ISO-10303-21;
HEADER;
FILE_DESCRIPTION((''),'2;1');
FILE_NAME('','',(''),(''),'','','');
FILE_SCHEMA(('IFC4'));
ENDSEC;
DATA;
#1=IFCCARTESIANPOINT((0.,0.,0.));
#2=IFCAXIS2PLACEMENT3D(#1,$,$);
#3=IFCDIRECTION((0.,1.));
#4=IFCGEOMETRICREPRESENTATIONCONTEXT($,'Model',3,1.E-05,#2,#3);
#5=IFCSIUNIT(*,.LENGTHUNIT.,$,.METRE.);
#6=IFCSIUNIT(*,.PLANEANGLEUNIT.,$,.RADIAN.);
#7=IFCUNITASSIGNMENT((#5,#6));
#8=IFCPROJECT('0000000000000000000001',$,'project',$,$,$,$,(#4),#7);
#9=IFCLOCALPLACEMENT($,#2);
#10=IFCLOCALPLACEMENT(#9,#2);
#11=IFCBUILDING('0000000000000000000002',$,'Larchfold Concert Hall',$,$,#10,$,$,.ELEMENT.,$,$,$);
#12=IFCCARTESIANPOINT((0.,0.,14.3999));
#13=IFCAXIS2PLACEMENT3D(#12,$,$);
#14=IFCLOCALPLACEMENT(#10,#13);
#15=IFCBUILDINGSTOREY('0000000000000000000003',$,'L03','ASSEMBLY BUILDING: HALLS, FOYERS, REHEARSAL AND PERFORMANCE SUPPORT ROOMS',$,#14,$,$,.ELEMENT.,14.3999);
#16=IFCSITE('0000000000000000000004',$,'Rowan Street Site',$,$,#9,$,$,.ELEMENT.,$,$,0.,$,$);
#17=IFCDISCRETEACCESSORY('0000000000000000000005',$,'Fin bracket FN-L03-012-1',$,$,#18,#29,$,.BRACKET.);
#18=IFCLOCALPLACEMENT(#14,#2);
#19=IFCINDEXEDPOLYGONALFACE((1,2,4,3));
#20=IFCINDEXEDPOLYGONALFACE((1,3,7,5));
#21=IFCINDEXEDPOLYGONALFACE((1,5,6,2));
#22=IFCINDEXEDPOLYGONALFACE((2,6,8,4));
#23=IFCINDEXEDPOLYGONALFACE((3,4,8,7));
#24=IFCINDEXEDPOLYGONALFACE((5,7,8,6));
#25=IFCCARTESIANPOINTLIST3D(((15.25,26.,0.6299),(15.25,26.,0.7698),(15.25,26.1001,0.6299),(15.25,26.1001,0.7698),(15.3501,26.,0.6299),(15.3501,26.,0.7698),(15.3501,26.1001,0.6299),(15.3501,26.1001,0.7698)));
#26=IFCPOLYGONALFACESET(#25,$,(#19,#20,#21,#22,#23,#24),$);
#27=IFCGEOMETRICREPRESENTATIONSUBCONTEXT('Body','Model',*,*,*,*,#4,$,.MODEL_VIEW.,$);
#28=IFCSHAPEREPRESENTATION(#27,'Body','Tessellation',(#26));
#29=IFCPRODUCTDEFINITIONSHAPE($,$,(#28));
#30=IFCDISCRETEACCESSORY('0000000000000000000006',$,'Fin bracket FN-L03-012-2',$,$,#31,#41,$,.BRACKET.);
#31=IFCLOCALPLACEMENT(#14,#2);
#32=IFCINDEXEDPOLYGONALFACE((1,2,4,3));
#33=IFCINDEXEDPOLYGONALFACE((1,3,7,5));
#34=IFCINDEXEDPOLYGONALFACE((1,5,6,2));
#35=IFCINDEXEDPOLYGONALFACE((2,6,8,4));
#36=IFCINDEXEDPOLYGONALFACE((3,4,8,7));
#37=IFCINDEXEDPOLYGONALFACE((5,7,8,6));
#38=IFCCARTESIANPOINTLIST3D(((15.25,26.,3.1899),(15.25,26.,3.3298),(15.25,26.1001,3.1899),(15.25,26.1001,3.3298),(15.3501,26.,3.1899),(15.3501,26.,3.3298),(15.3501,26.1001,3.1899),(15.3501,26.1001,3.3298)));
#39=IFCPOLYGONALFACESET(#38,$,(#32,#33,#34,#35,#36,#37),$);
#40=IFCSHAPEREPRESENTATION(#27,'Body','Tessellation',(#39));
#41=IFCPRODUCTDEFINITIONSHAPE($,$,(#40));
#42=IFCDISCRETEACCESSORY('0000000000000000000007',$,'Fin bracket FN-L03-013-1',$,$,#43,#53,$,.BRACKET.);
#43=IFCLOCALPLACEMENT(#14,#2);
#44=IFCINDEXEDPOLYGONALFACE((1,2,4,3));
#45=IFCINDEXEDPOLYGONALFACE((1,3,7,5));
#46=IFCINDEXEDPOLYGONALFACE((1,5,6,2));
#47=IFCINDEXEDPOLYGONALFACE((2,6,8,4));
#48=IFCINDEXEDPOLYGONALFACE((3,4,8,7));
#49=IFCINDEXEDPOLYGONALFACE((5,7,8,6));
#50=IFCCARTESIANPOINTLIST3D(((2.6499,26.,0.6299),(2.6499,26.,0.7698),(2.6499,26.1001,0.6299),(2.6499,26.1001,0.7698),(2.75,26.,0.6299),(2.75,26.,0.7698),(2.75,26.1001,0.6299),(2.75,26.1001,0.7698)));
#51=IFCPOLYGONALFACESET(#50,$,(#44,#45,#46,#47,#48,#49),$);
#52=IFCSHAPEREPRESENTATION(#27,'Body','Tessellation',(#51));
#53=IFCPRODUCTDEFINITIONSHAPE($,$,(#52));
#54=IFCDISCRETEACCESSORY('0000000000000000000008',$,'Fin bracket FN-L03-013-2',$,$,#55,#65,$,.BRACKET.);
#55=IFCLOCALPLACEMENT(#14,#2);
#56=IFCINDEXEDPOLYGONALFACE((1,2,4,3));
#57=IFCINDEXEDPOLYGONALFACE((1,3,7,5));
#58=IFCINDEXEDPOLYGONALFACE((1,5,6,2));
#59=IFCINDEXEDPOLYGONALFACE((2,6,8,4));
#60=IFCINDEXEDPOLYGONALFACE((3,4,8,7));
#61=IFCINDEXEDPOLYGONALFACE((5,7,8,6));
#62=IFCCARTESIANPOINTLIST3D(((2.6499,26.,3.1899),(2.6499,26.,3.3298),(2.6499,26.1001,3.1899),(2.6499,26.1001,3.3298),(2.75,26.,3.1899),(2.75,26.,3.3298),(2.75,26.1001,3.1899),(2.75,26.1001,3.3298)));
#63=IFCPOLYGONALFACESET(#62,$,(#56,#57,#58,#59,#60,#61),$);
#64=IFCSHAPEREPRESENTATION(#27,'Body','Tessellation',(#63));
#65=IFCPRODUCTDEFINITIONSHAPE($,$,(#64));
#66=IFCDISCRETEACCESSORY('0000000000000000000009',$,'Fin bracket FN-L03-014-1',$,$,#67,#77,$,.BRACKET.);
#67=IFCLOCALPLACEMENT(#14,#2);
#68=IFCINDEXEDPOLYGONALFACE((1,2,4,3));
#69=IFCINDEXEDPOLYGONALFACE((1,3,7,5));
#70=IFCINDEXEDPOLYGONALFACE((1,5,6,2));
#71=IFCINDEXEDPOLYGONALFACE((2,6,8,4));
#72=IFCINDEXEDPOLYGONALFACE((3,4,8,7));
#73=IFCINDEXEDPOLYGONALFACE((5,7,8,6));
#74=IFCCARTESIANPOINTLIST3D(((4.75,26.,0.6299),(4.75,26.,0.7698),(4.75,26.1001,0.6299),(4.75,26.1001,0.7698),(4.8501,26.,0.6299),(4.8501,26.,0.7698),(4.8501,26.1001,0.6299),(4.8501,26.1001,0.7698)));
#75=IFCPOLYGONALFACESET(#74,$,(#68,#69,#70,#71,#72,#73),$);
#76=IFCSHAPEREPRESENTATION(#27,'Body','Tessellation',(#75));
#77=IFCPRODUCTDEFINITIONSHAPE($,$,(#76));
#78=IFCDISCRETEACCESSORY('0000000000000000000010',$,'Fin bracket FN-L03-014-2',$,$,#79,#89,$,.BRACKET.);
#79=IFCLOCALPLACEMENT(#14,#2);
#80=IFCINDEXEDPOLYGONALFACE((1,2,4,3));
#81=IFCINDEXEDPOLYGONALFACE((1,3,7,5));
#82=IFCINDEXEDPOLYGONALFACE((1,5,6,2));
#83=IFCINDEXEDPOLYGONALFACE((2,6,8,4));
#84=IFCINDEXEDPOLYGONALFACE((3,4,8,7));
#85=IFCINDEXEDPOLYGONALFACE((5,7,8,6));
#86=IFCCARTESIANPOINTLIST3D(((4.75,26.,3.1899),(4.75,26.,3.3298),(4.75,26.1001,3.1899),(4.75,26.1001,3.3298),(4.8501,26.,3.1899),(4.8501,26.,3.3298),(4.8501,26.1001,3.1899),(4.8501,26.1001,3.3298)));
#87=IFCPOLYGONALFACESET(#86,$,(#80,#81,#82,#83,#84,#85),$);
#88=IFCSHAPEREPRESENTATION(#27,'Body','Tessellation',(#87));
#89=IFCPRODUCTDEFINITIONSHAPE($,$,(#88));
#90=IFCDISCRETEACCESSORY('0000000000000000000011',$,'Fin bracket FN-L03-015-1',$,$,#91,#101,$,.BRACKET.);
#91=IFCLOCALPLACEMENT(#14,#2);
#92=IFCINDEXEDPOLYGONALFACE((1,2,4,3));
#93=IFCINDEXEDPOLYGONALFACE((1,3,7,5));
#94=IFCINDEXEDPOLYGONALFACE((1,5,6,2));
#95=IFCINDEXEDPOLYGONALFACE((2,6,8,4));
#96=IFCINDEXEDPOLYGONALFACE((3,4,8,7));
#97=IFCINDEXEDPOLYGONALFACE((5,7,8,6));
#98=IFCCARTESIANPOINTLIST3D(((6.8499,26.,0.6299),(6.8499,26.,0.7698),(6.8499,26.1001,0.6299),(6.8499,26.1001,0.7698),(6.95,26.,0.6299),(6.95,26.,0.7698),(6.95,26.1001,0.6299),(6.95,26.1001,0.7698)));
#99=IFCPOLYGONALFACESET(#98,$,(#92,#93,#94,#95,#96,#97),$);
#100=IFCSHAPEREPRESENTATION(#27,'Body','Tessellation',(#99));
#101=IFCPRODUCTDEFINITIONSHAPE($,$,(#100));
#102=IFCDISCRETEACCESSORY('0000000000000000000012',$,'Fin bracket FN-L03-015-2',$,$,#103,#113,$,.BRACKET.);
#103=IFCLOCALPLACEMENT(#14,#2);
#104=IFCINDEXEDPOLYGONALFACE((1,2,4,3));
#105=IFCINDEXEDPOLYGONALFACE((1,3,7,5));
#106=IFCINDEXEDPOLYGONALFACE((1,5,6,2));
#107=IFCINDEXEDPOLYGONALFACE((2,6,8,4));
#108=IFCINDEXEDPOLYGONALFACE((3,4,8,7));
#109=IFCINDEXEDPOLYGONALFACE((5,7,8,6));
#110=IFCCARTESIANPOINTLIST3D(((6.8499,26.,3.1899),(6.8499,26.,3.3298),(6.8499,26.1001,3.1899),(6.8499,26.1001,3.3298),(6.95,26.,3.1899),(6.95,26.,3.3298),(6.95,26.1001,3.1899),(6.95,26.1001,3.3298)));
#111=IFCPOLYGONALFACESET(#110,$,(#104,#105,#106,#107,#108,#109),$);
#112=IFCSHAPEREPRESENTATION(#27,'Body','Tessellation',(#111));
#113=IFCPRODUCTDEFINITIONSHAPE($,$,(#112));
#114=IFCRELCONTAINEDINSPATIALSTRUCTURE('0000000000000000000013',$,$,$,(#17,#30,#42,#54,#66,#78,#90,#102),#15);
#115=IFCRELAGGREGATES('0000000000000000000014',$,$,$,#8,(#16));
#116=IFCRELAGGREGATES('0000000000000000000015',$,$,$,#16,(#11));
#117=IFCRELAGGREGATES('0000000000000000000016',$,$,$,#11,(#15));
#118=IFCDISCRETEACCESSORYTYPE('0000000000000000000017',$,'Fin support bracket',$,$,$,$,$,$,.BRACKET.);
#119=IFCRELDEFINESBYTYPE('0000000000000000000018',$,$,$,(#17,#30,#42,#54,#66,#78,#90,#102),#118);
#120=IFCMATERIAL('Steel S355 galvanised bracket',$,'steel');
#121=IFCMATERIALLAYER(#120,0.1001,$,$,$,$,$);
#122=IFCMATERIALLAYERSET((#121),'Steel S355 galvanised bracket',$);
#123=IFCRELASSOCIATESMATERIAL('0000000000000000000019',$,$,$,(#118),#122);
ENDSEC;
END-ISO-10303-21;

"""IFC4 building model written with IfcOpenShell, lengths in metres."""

from ifc_helpers import new_model, si_unit, direction, frame, origin, origin_2d, place, context, subcontext, project, spatial, rectangle, extrude, material, layer, layer_set, type_object, element, save


model = new_model("IFC4")

# Units and contexts
model_context = context("Model", 3, precision=1e-05, world=origin(), true_north=direction((0.0, 1.0)))
body_context = subcontext(model_context, "Body", "Model", "MODEL_VIEW")
ifc_project = project(units=[si_unit("LENGTHUNIT", "METRE"), si_unit("PLANEANGLEUNIT", "RADIAN")], contexts=[model_context])

# Site, building, storey
site_placement = place(None, origin())
site = spatial("IfcSite", under=ifc_project, at=site_placement, Name="Rowan Street Site", CompositionType="ELEMENT", RefElevation=0.0)
building_placement = place(site_placement, origin())
building = spatial("IfcBuilding", under=site, at=building_placement, Name="Larchfold Concert Hall", CompositionType="ELEMENT")
storey_placement = place(building_placement, frame((0.0, 0.0, 14.3999)))
storey = spatial("IfcBuildingStorey", under=building, at=storey_placement, Name="L03", Description="ASSEMBLY BUILDING: HALLS, FOYERS, REHEARSAL AND PERFORMANCE SUPPORT ROOMS", CompositionType="ELEMENT", Elevation=14.3999)

# Discrete accessories
ifc_material_1 = material(Name="Steel S355 galvanised bracket", Category="steel")
ifc_layer_1 = layer(ifc_material_1, 0.1001)
ifc_layer_set_1 = layer_set([ifc_layer_1], Name="Steel S355 galvanised bracket")
discrete_accessory_type = type_object("IfcDiscreteAccessoryType", Name="Fin support bracket", PredefinedType="BRACKET", material=ifc_layer_set_1)
for number, where, z_axis, x_axis, name in (
    (1, (15.3, 26.05, 0.6299), (0.0, 0.0, 1.0), (0.0, 1.0, 0.0), "Fin bracket FN-L03-012-1"),
    (2, (15.3, 26.05, 3.1899), (0.0, 0.0, 1.0), (0.0, 1.0, 0.0), "Fin bracket FN-L03-012-2"),
    (3, (2.7, 26.05, 0.6299), (0.0, 0.0, 1.0), (0.0, 1.0, 0.0), "Fin bracket FN-L03-013-1"),
    (4, (2.7, 26.05, 3.1899), (0.0, 0.0, 1.0), (0.0, 1.0, 0.0), "Fin bracket FN-L03-013-2"),
    (5, (4.8, 26.05, 0.6299), (0.0, 0.0, 1.0), (0.0, 1.0, 0.0), "Fin bracket FN-L03-014-1"),
    (6, (4.8, 26.05, 3.1899), (0.0, 0.0, 1.0), (0.0, 1.0, 0.0), "Fin bracket FN-L03-014-2"),
    (7, (6.8999, 26.05, 0.6299), (0.0, 0.0, 1.0), (0.0, 1.0, 0.0), "Fin bracket FN-L03-015-1"),
    (8, (6.8999, 26.05, 3.1899), (0.0, 0.0, 1.0), (0.0, 1.0, 0.0), "Fin bracket FN-L03-015-2"),
):
    element("IfcDiscreteAccessory", number, at=place(storey_placement, frame(where, z_axis=z_axis, x_axis=x_axis)), inside=storey, type_object=discrete_accessory_type, Name=name, PredefinedType="BRACKET", context=body_context, shape_type="SweptSolid", body=[
        extrude(rectangle(XDim=0.1001, YDim=0.1001, at=origin_2d()), origin(), (0.0, 0.0, 1.0), 0.1399),
    ])

save(model, "model.ifc")
